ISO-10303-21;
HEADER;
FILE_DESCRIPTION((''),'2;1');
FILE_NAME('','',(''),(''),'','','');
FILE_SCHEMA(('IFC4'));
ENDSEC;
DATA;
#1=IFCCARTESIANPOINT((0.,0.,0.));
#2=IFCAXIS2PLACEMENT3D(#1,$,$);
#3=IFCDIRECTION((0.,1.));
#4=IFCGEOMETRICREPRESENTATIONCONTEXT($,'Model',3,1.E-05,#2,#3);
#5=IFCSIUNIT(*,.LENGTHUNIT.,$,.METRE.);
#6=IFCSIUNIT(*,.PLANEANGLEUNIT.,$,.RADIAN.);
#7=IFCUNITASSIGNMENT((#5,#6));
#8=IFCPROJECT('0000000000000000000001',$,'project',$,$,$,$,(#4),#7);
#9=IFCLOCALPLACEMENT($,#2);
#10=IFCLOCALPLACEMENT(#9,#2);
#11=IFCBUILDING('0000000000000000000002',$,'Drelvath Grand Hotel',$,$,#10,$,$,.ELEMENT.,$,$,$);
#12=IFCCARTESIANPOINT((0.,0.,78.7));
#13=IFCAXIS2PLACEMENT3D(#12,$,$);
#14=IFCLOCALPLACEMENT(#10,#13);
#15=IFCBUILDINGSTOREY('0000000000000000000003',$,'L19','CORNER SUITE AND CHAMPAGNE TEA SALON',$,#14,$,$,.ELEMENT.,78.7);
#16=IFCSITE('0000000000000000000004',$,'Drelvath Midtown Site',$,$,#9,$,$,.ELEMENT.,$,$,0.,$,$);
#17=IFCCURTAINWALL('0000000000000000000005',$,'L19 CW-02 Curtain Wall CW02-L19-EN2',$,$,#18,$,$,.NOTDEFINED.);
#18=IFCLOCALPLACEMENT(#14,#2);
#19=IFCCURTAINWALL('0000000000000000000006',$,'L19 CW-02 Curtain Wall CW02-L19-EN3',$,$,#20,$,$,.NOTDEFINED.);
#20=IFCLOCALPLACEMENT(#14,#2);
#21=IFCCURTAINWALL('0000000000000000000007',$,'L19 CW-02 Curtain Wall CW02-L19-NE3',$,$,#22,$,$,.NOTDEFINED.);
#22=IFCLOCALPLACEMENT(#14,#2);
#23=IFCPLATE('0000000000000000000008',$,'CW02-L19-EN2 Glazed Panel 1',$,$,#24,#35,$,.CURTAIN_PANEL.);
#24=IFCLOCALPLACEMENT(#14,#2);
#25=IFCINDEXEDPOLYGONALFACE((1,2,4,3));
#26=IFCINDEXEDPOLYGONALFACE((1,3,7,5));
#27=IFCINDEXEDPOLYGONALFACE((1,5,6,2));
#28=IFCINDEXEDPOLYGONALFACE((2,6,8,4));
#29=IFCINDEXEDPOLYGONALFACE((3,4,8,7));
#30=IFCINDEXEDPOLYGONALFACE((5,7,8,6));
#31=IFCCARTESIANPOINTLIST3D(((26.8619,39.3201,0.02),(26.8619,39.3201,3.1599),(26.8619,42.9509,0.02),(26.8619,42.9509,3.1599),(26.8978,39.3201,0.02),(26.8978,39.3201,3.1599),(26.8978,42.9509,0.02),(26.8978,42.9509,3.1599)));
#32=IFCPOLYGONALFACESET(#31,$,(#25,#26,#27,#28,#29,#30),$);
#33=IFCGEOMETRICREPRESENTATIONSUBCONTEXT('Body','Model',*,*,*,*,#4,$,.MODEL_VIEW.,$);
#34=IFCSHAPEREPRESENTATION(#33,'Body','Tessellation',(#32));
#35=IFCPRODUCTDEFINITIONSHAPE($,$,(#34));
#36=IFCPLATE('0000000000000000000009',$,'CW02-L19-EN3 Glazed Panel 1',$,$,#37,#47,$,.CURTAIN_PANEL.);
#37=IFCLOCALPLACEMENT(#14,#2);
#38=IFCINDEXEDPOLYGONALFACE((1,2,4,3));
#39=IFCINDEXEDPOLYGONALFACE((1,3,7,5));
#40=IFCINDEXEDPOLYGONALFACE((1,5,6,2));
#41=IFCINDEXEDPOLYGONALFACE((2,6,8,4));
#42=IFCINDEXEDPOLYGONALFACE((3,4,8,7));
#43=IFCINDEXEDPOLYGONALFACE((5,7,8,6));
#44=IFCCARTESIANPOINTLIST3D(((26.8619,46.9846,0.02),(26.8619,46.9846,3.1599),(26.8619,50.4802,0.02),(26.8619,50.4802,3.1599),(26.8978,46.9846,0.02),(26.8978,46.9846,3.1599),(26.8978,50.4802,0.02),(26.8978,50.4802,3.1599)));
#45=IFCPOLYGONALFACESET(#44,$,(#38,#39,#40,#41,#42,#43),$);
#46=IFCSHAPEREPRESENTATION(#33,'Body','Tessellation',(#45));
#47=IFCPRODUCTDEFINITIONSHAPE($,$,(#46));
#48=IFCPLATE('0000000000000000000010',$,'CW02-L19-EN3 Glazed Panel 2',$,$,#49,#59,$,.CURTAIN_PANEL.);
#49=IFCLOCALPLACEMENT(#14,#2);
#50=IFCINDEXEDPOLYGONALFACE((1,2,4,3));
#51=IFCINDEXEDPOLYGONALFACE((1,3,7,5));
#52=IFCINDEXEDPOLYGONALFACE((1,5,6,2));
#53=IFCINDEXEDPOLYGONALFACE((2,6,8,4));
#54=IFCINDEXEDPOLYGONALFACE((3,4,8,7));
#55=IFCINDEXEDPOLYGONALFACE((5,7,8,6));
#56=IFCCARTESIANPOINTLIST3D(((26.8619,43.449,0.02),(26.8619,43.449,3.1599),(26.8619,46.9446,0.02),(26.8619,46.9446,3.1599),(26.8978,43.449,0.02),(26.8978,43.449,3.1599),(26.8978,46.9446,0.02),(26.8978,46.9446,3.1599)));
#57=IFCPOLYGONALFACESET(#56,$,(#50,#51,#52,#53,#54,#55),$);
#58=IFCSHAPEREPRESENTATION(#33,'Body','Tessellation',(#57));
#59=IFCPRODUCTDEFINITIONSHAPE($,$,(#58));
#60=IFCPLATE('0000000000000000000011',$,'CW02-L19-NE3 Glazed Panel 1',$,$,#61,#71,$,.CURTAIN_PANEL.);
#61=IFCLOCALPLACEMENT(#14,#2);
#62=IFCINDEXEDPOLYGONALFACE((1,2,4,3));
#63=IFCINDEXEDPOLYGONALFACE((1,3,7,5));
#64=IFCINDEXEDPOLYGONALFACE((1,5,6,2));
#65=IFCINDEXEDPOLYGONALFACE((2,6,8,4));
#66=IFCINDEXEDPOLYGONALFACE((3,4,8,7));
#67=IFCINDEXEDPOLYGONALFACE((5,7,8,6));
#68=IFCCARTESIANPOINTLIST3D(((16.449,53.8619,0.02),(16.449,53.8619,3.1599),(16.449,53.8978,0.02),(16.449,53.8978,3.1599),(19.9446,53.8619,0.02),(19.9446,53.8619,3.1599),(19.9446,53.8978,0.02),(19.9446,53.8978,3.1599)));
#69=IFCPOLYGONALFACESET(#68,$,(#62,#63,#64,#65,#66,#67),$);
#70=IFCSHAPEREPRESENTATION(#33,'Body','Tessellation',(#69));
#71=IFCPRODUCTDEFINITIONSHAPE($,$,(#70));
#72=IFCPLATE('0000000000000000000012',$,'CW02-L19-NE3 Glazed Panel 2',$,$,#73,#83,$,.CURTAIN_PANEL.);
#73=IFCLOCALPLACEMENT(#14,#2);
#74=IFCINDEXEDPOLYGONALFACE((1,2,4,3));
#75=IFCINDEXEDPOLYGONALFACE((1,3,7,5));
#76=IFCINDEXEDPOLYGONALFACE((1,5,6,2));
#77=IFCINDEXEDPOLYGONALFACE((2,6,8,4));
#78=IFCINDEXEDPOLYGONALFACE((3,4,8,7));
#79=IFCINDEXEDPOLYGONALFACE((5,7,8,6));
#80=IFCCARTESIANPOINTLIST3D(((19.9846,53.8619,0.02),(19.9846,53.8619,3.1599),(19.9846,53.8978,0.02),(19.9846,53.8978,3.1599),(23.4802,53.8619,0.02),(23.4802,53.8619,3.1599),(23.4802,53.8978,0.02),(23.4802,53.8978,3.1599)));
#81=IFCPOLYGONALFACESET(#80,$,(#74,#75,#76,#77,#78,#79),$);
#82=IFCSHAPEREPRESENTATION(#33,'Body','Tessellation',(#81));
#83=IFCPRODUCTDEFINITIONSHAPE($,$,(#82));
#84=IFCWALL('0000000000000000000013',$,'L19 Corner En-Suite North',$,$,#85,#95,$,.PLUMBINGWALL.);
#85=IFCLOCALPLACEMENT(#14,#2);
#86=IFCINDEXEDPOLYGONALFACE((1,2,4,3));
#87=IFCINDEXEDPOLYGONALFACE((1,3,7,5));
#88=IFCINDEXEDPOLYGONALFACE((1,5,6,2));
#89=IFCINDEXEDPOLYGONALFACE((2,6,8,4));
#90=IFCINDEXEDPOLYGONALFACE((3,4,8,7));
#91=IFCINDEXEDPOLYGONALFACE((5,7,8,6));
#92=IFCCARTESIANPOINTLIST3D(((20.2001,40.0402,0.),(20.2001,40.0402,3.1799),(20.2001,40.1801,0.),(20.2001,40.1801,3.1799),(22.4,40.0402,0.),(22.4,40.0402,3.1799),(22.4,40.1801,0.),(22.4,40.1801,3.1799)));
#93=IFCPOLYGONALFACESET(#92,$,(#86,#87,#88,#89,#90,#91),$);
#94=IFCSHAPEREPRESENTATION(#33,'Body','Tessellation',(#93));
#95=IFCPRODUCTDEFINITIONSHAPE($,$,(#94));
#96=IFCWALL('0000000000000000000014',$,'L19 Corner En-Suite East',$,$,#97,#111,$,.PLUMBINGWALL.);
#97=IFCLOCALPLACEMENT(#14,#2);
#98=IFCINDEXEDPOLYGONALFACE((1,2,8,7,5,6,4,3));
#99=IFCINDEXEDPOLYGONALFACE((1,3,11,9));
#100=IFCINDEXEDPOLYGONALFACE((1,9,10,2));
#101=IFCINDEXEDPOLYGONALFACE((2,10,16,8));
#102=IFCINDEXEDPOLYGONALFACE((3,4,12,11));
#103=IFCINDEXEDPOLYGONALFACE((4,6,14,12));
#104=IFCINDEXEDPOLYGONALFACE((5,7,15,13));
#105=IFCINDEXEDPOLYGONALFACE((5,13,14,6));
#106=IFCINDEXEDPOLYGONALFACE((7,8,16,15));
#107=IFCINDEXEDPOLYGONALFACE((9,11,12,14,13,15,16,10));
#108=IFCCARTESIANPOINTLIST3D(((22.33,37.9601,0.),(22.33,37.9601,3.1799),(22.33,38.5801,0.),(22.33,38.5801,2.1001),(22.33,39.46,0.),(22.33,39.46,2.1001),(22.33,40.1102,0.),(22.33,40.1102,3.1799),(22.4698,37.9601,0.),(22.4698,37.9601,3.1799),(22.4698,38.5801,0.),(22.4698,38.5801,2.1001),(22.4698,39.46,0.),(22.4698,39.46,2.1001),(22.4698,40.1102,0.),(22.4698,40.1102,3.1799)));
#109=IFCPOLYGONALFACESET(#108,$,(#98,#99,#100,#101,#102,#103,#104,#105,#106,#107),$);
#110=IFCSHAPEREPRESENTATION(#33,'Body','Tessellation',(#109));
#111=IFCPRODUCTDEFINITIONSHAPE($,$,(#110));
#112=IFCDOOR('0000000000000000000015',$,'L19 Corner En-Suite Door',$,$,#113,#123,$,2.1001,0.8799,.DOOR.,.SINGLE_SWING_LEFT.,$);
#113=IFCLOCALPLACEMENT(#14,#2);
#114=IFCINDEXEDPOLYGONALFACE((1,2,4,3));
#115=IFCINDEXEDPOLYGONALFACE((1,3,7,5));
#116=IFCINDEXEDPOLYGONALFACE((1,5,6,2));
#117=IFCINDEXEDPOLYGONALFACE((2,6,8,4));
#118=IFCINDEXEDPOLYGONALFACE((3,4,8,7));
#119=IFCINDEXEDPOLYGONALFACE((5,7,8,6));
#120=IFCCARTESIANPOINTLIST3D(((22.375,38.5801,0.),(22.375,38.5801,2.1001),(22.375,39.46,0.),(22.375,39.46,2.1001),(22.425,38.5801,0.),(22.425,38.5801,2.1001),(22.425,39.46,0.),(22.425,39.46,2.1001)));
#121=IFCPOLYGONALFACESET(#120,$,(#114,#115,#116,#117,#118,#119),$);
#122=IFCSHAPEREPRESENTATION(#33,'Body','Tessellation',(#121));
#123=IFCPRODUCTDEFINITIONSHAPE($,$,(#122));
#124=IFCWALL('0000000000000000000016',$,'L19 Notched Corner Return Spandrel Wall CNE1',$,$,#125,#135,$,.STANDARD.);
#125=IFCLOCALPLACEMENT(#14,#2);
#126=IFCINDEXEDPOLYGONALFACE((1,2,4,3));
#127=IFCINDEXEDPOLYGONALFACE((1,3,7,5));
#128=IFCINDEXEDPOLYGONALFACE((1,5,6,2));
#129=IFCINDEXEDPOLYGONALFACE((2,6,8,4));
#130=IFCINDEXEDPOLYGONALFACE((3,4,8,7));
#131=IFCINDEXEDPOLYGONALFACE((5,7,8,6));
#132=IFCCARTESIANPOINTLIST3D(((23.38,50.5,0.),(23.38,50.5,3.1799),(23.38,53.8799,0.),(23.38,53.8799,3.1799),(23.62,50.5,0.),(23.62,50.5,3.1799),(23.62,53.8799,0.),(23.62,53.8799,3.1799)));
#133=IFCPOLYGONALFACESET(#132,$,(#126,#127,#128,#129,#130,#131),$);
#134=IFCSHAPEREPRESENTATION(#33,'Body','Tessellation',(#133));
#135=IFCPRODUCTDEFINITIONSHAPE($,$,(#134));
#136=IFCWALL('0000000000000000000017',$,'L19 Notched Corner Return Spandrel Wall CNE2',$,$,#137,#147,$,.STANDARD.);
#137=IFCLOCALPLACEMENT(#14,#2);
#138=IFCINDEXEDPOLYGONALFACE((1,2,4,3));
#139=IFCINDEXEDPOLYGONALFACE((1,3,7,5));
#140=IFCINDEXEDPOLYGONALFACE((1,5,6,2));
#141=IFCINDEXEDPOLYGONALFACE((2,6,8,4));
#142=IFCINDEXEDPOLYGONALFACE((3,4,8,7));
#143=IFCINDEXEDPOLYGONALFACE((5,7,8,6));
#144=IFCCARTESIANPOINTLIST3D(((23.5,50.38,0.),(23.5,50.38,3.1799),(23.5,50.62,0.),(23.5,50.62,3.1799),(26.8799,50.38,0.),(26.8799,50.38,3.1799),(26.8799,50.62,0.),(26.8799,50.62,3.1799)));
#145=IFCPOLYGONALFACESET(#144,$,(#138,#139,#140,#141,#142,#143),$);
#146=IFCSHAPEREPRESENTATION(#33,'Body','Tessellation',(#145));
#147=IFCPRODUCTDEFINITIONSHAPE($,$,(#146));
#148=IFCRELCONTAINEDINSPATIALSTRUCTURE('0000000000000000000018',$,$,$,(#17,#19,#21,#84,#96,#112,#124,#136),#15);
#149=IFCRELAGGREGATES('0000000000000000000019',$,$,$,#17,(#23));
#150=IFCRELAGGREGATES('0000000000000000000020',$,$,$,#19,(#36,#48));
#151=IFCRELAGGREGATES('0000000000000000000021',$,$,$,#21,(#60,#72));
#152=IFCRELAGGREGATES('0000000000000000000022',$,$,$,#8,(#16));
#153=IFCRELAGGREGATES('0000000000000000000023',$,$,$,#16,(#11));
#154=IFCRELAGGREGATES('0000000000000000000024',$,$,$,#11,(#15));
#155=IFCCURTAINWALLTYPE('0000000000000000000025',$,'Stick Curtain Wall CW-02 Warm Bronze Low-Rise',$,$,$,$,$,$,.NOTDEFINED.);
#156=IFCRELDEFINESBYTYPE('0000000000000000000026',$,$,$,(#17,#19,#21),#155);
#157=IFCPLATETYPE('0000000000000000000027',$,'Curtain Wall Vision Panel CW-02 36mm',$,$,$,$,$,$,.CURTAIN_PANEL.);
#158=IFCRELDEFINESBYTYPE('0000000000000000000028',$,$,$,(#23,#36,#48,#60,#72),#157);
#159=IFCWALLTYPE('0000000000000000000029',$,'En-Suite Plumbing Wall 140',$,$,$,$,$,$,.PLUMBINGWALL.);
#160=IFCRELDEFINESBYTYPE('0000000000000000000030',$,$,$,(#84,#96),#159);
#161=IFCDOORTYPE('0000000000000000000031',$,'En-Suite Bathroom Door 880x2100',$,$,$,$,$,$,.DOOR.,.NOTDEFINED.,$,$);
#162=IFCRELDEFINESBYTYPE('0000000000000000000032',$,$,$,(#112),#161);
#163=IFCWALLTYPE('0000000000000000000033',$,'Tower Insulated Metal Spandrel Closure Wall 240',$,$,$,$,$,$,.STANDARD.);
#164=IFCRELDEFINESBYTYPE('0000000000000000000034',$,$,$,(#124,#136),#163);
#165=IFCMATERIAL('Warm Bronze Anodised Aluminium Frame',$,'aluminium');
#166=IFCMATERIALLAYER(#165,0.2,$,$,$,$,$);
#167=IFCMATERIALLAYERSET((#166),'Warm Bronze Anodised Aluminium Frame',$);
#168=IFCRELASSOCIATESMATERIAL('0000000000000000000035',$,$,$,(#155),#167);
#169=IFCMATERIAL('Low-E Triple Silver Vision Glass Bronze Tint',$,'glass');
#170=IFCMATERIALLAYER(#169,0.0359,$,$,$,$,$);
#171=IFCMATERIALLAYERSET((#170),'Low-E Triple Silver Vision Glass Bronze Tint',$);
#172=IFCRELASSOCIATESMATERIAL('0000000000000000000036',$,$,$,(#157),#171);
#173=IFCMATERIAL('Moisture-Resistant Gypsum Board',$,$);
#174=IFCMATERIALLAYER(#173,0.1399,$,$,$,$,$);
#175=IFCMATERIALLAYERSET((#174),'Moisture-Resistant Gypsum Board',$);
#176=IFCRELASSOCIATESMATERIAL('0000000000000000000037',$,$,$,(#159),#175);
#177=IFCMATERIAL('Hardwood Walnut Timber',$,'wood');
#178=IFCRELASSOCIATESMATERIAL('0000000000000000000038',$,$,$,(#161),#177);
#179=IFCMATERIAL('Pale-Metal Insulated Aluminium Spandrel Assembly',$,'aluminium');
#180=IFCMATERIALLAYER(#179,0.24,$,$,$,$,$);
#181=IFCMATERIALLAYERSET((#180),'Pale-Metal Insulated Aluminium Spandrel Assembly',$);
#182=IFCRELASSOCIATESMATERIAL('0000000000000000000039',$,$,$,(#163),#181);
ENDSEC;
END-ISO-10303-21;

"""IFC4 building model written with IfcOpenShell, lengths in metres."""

from ifc_helpers import new_model, si_unit, direction, frame, frame_2d, origin, origin_2d, place, context, subcontext, project, spatial, rectangle, extrude, material, layer, layer_set, type_object, element, fill, aggregate, save


model = new_model("IFC4")

# Units and contexts
model_context = context("Model", 3, precision=1e-05, world=origin(), true_north=direction((0.0, 1.0)))
body_context = subcontext(model_context, "Body", "Model", "MODEL_VIEW")
ifc_project = project(units=[si_unit("LENGTHUNIT", "METRE"), si_unit("PLANEANGLEUNIT", "RADIAN")], contexts=[model_context])

# Site, building, storey
site_placement = place(None, origin())
site = spatial("IfcSite", under=ifc_project, at=site_placement, Name="Drelvath Midtown Site", CompositionType="ELEMENT", RefElevation=0.0)
building_placement = place(site_placement, origin())
building = spatial("IfcBuilding", under=site, at=building_placement, Name="Drelvath Grand Hotel", CompositionType="ELEMENT")
storey_placement = place(building_placement, frame((0.0, 0.0, 78.7)))
storey = spatial("IfcBuildingStorey", under=building, at=storey_placement, Name="L19", Description="CORNER SUITE AND CHAMPAGNE TEA SALON", CompositionType="ELEMENT", Elevation=78.7)

# Curtain walls
ifc_material_1 = material(Name="Warm Bronze Anodised Aluminium Frame", Category="aluminium")
ifc_layer_1 = layer(ifc_material_1, 0.2)
ifc_layer_set_1 = layer_set([ifc_layer_1], Name="Warm Bronze Anodised Aluminium Frame")
curtain_wall_type = type_object("IfcCurtainWallType", Name="Stick Curtain Wall CW-02 Warm Bronze Low-Rise", PredefinedType="NOTDEFINED", material=ifc_layer_set_1)
curtain_wall_1_placement = place(storey_placement, origin())
curtain_wall_1 = element("IfcCurtainWall", 1, at=curtain_wall_1_placement, inside=storey, type_object=curtain_wall_type, Name="L19 CW-02 Curtain Wall CW02-L19-EN2", PredefinedType="NOTDEFINED")
curtain_wall_2_placement = place(storey_placement, origin())
curtain_wall_2 = element("IfcCurtainWall", 2, at=curtain_wall_2_placement, inside=storey, type_object=curtain_wall_type, Name="L19 CW-02 Curtain Wall CW02-L19-EN3", PredefinedType="NOTDEFINED")
curtain_wall_3_placement = place(storey_placement, origin())
curtain_wall_3 = element("IfcCurtainWall", 3, at=curtain_wall_3_placement, inside=storey, type_object=curtain_wall_type, Name="L19 CW-02 Curtain Wall CW02-L19-NE3", PredefinedType="NOTDEFINED")

# Plates
ifc_material_2 = material(Name="Low-E Triple Silver Vision Glass Bronze Tint", Category="glass")
ifc_layer_2 = layer(ifc_material_2, 0.0359)
ifc_layer_set_2 = layer_set([ifc_layer_2], Name="Low-E Triple Silver Vision Glass Bronze Tint")
plate_type = type_object("IfcPlateType", Name="Curtain Wall Vision Panel CW-02 36mm", PredefinedType="CURTAIN_PANEL", material=ifc_layer_set_2)
plate_1_placement = place(storey_placement, frame((26.8799, 41.1355, 0.02), z_axis=(0.0, 0.0, 1.0), x_axis=(0.0, -1.0, 0.0)))
plate_1 = element("IfcPlate", 4, at=plate_1_placement, type_object=plate_type, Name="CW02-L19-EN2 Glazed Panel 1", PredefinedType="CURTAIN_PANEL", context=body_context, shape_type="SweptSolid", body=[
    extrude(rectangle(XDim=3.6309, YDim=0.0359, at=origin_2d()), origin(), (0.0, 0.0, 1.0), 3.1399),
])
aggregate(curtain_wall_1, [plate_1])
plate_2_placement = place(storey_placement, frame((26.8799, 48.7324, 0.02), z_axis=(0.0, 0.0, 1.0), x_axis=(0.0, -1.0, 0.0)))
plate_2 = element("IfcPlate", 5, at=plate_2_placement, type_object=plate_type, Name="CW02-L19-EN3 Glazed Panel 1", PredefinedType="CURTAIN_PANEL", context=body_context, shape_type="SweptSolid", body=[
    extrude(rectangle(XDim=3.4956, YDim=0.0359, at=origin_2d()), origin(), (0.0, 0.0, 1.0), 3.1399),
])
plate_3_placement = place(storey_placement, frame((26.8799, 45.1968, 0.02), z_axis=(0.0, 0.0, 1.0), x_axis=(0.0, -1.0, 0.0)))
plate_3 = element("IfcPlate", 6, at=plate_3_placement, type_object=plate_type, Name="CW02-L19-EN3 Glazed Panel 2", PredefinedType="CURTAIN_PANEL", context=body_context, shape_type="SweptSolid", body=[
    extrude(rectangle(XDim=3.4956, YDim=0.0359, at=origin_2d()), origin(), (0.0, 0.0, 1.0), 3.1399),
])
aggregate(curtain_wall_2, [plate_2, plate_3])
plate_4_placement = place(storey_placement, frame((18.1968, 53.8799, 0.02), z_axis=(0.0, 0.0, 1.0), x_axis=(1.0, 0.0, 0.0)))
plate_4 = element("IfcPlate", 7, at=plate_4_placement, type_object=plate_type, Name="CW02-L19-NE3 Glazed Panel 1", PredefinedType="CURTAIN_PANEL", context=body_context, shape_type="SweptSolid", body=[
    extrude(rectangle(XDim=3.4956, YDim=0.0359, at=origin_2d()), origin(), (0.0, 0.0, 1.0), 3.1399),
])
plate_5_placement = place(storey_placement, frame((21.7324, 53.8799, 0.02), z_axis=(0.0, 0.0, 1.0), x_axis=(1.0, 0.0, 0.0)))
plate_5 = element("IfcPlate", 8, at=plate_5_placement, type_object=plate_type, Name="CW02-L19-NE3 Glazed Panel 2", PredefinedType="CURTAIN_PANEL", context=body_context, shape_type="SweptSolid", body=[
    extrude(rectangle(XDim=3.4956, YDim=0.0359, at=origin_2d()), origin(), (0.0, 0.0, 1.0), 3.1399),
])
aggregate(curtain_wall_3, [plate_4, plate_5])

# Wall
ifc_material_3 = material(Name="Moisture-Resistant Gypsum Board")
ifc_layer_3 = layer(ifc_material_3, 0.1399)
ifc_layer_set_3 = layer_set([ifc_layer_3], Name="Moisture-Resistant Gypsum Board")
wall_type_1 = type_object("IfcWallType", Name="En-Suite Plumbing Wall 140", PredefinedType="PLUMBINGWALL", material=ifc_layer_set_3)
wall_1_placement = place(storey_placement, frame((20.2, 40.1101, 0.0), z_axis=(0.0, 0.0, 1.0), x_axis=(1.0, 0.0, 0.0)))
element("IfcWall", 9, at=wall_1_placement, inside=storey, type_object=wall_type_1, Name="L19 Corner En-Suite North", PredefinedType="PLUMBINGWALL", context=body_context, shape_type="SweptSolid", body=[
    extrude(rectangle(XDim=2.2, YDim=0.1399, at=frame_2d((1.1001, 0.0))), origin(), (0.0, 0.0, 1.0), 3.1799),
])

# Wall, opening, door
wall_2_placement = place(storey_placement, frame((22.3999, 37.96, 0.0), z_axis=(0.0, 0.0, 1.0), x_axis=(0.0, 1.0, 0.0)))
wall_2 = element("IfcWall", 10, at=wall_2_placement, inside=storey, type_object=wall_type_1, Name="L19 Corner En-Suite East", PredefinedType="PLUMBINGWALL", context=body_context, shape_type="SweptSolid", body=[
    extrude(rectangle(XDim=2.1501, YDim=0.1399, at=frame_2d((1.0752, 0.0))), origin(), (0.0, 0.0, 1.0), 3.1799),
])
opening_placement = place(wall_2_placement, frame((0.6201, 0.0, 0.0)))
opening = element("IfcOpeningElement", 11, at=opening_placement, cuts=wall_2, PredefinedType="OPENING", context=body_context, shape_type="SweptSolid", body=[
    extrude(rectangle(XDim=0.8799, YDim=2.1001, at=frame_2d((0.4399, 1.05))), frame((0.0, 0.0798, 0.0), z_axis=(0.0, -1.0, 0.0), x_axis=(1.0, 0.0, 0.0)), (0.0, 0.0, 1.0), 0.1599),
])
ifc_material_4 = material(Name="Hardwood Walnut Timber", Category="wood")
door_type = type_object("IfcDoorType", Name="En-Suite Bathroom Door 880x2100", OperationType="NOTDEFINED", PredefinedType="DOOR", material=ifc_material_4)
door_placement = place(opening_placement, origin())
door = element("IfcDoor", 12, at=door_placement, inside=storey, type_object=door_type, Name="L19 Corner En-Suite Door", OperationType="SINGLE_SWING_LEFT", OverallHeight=2.1001, OverallWidth=0.8799, PredefinedType="DOOR", context=body_context, shape_type="SweptSolid", body=[
    extrude(rectangle(XDim=0.8799, YDim=2.1001, at=frame_2d((0.4399, 1.05))), frame((0.0, 0.0249, 0.0), z_axis=(0.0, -1.0, 0.0), x_axis=(1.0, 0.0, 0.0)), (0.0, 0.0, 1.0), 0.05),
])
fill(opening, door)

# Walls
ifc_material_5 = material(Name="Pale-Metal Insulated Aluminium Spandrel Assembly", Category="aluminium")
ifc_layer_4 = layer(ifc_material_5, 0.24)
ifc_layer_set_4 = layer_set([ifc_layer_4], Name="Pale-Metal Insulated Aluminium Spandrel Assembly")
wall_type_2 = type_object("IfcWallType", Name="Tower Insulated Metal Spandrel Closure Wall 240", PredefinedType="STANDARD", material=ifc_layer_set_4)
for number, where, z_axis, x_axis, name in (
    (13, (23.5, 53.8799, 0.0), (0.0, 0.0, 1.0), (0.0, -1.0, 0.0), "L19 Notched Corner Return Spandrel Wall CNE1"),
    (14, (23.5, 50.5, 0.0), (0.0, 0.0, 1.0), (1.0, 0.0, 0.0), "L19 Notched Corner Return Spandrel Wall CNE2"),
):
    element("IfcWall", number, at=place(storey_placement, frame(where, z_axis=z_axis, x_axis=x_axis)), inside=storey, type_object=wall_type_2, Name=name, PredefinedType="STANDARD", context=body_context, shape_type="SweptSolid", body=[
        extrude(rectangle(XDim=3.3799, YDim=0.24, at=frame_2d((1.6899, 0.0))), origin(), (0.0, 0.0, 1.0), 3.1799),
    ])

save(model, "model.ifc")
